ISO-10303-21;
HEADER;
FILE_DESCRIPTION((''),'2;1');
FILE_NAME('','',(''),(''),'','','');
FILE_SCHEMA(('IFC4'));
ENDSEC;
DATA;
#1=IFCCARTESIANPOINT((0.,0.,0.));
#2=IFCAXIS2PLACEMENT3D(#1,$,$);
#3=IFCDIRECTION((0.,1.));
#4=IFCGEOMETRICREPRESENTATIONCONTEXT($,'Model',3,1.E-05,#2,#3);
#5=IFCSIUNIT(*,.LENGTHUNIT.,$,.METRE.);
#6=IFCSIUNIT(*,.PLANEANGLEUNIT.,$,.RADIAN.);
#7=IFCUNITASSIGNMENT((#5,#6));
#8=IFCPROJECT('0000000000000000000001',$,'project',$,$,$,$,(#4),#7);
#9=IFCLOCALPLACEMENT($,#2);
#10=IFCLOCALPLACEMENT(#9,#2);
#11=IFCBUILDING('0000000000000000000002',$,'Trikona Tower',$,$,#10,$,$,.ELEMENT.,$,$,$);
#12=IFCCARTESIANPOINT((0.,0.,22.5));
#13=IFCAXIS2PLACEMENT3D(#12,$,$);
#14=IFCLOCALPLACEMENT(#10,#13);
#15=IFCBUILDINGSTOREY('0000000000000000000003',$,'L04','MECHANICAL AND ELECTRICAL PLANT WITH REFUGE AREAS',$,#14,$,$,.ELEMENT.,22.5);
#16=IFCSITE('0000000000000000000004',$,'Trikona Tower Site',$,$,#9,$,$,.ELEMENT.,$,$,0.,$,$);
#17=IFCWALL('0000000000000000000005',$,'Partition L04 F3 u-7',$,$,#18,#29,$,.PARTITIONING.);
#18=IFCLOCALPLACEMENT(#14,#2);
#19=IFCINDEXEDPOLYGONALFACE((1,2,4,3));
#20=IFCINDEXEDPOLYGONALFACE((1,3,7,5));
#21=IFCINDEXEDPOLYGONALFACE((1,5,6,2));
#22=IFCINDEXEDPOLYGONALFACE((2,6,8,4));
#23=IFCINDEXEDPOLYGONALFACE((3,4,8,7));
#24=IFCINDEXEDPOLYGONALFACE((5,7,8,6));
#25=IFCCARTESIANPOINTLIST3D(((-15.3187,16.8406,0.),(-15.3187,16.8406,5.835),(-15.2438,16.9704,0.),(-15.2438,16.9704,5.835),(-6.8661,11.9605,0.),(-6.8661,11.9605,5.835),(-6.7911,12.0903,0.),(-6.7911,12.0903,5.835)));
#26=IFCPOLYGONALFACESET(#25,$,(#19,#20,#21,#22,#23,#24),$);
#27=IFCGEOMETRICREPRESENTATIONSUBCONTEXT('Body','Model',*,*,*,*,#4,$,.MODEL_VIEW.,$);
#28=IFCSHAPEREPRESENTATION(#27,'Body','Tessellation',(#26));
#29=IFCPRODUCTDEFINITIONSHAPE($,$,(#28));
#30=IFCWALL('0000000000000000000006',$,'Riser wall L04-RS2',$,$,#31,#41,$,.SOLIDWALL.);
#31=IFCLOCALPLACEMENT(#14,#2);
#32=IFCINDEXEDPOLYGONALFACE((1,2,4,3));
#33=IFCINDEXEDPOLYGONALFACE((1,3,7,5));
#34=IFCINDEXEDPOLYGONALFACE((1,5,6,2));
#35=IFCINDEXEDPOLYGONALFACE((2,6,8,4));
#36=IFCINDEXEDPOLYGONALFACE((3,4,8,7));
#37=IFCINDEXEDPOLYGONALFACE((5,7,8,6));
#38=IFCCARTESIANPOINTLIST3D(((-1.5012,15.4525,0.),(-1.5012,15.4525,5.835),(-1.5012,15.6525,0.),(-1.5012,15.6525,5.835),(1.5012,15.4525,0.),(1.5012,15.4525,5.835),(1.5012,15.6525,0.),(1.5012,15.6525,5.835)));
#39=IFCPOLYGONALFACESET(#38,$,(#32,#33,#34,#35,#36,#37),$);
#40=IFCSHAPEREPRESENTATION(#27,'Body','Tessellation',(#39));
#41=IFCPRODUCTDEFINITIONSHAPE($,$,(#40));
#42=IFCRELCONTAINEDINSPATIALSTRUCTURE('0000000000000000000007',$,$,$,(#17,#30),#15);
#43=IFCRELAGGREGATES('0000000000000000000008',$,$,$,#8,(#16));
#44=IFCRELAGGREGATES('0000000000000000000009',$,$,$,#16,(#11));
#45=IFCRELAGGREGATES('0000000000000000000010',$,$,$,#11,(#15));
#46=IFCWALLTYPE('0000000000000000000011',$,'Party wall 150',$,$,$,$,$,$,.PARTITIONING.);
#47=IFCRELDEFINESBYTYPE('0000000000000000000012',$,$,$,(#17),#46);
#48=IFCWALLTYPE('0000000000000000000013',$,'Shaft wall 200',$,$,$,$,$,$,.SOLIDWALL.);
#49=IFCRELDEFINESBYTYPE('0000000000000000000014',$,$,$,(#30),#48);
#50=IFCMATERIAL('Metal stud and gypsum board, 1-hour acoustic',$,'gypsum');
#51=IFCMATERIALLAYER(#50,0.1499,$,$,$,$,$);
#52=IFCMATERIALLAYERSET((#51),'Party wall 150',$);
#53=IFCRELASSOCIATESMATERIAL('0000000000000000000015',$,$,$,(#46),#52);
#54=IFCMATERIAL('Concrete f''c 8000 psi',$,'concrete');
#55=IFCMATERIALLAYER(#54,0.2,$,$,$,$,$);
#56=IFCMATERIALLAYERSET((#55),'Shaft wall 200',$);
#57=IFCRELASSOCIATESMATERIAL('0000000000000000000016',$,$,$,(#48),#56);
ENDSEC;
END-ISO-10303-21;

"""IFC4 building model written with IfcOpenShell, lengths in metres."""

from ifc_helpers import new_model, si_unit, direction, frame, frame_2d, origin, place, context, subcontext, project, spatial, rectangle, extrude, material, layer, layer_set, type_object, element, save


model = new_model("IFC4")

# Units and contexts
model_context = context("Model", 3, precision=1e-05, world=origin(), true_north=direction((0.0, 1.0)))
body_context = subcontext(model_context, "Body", "Model", "MODEL_VIEW")
ifc_project = project(units=[si_unit("LENGTHUNIT", "METRE"), si_unit("PLANEANGLEUNIT", "RADIAN")], contexts=[model_context])

# Site, building, storey
site_placement = place(None, origin())
site = spatial("IfcSite", under=ifc_project, at=site_placement, Name="Trikona Tower Site", CompositionType="ELEMENT", RefElevation=0.0)
building_placement = place(site_placement, origin())
building = spatial("IfcBuilding", under=site, at=building_placement, Name="Trikona Tower", CompositionType="ELEMENT")
storey_placement = place(building_placement, frame((0.0, 0.0, 22.5)))
storey = spatial("IfcBuildingStorey", under=building, at=storey_placement, Name="L04", Description="MECHANICAL AND ELECTRICAL PLANT WITH REFUGE AREAS", CompositionType="ELEMENT", Elevation=22.5)

# Walls
ifc_material_1 = material(Name="Metal stud and gypsum board, 1-hour acoustic", Category="gypsum")
ifc_layer_1 = layer(ifc_material_1, 0.1499)
ifc_layer_set_1 = layer_set([ifc_layer_1], Name="Party wall 150")
wall_type_1 = type_object("IfcWallType", Name="Party wall 150", PredefinedType="PARTITIONING", material=ifc_layer_set_1)
wall_1_placement = place(storey_placement, frame((-6.8286, 12.0254, 0.0), z_axis=(0.0, 0.0, 1.0), x_axis=(-0.866026, 0.5, 0.0)))
element("IfcWall", 1, at=wall_1_placement, inside=storey, type_object=wall_type_1, Name="Partition L04 F3 u-7", PredefinedType="PARTITIONING", context=body_context, shape_type="SweptSolid", body=[
    extrude(rectangle(XDim=9.7603, YDim=0.1499, at=frame_2d((4.8801, 0.0))), origin(), (0.0, 0.0, 1.0), 5.835),
])
ifc_material_2 = material(Name="Concrete f'c 8000 psi", Category="concrete")
ifc_layer_2 = layer(ifc_material_2, 0.2)
ifc_layer_set_2 = layer_set([ifc_layer_2], Name="Shaft wall 200")
wall_type_2 = type_object("IfcWallType", Name="Shaft wall 200", PredefinedType="SOLIDWALL", material=ifc_layer_set_2)
wall_2_placement = place(storey_placement, frame((-1.5012, 15.5525, 0.0), z_axis=(0.0, 0.0, 1.0), x_axis=(1.0, 0.0, 0.0)))
element("IfcWall", 2, at=wall_2_placement, inside=storey, type_object=wall_type_2, Name="Riser wall L04-RS2", PredefinedType="SOLIDWALL", context=body_context, shape_type="SweptSolid", body=[
    extrude(rectangle(XDim=3.0024, YDim=0.2, at=frame_2d((1.5012, 0.0))), origin(), (0.0, 0.0, 1.0), 5.835),
])

save(model, "model.ifc")
